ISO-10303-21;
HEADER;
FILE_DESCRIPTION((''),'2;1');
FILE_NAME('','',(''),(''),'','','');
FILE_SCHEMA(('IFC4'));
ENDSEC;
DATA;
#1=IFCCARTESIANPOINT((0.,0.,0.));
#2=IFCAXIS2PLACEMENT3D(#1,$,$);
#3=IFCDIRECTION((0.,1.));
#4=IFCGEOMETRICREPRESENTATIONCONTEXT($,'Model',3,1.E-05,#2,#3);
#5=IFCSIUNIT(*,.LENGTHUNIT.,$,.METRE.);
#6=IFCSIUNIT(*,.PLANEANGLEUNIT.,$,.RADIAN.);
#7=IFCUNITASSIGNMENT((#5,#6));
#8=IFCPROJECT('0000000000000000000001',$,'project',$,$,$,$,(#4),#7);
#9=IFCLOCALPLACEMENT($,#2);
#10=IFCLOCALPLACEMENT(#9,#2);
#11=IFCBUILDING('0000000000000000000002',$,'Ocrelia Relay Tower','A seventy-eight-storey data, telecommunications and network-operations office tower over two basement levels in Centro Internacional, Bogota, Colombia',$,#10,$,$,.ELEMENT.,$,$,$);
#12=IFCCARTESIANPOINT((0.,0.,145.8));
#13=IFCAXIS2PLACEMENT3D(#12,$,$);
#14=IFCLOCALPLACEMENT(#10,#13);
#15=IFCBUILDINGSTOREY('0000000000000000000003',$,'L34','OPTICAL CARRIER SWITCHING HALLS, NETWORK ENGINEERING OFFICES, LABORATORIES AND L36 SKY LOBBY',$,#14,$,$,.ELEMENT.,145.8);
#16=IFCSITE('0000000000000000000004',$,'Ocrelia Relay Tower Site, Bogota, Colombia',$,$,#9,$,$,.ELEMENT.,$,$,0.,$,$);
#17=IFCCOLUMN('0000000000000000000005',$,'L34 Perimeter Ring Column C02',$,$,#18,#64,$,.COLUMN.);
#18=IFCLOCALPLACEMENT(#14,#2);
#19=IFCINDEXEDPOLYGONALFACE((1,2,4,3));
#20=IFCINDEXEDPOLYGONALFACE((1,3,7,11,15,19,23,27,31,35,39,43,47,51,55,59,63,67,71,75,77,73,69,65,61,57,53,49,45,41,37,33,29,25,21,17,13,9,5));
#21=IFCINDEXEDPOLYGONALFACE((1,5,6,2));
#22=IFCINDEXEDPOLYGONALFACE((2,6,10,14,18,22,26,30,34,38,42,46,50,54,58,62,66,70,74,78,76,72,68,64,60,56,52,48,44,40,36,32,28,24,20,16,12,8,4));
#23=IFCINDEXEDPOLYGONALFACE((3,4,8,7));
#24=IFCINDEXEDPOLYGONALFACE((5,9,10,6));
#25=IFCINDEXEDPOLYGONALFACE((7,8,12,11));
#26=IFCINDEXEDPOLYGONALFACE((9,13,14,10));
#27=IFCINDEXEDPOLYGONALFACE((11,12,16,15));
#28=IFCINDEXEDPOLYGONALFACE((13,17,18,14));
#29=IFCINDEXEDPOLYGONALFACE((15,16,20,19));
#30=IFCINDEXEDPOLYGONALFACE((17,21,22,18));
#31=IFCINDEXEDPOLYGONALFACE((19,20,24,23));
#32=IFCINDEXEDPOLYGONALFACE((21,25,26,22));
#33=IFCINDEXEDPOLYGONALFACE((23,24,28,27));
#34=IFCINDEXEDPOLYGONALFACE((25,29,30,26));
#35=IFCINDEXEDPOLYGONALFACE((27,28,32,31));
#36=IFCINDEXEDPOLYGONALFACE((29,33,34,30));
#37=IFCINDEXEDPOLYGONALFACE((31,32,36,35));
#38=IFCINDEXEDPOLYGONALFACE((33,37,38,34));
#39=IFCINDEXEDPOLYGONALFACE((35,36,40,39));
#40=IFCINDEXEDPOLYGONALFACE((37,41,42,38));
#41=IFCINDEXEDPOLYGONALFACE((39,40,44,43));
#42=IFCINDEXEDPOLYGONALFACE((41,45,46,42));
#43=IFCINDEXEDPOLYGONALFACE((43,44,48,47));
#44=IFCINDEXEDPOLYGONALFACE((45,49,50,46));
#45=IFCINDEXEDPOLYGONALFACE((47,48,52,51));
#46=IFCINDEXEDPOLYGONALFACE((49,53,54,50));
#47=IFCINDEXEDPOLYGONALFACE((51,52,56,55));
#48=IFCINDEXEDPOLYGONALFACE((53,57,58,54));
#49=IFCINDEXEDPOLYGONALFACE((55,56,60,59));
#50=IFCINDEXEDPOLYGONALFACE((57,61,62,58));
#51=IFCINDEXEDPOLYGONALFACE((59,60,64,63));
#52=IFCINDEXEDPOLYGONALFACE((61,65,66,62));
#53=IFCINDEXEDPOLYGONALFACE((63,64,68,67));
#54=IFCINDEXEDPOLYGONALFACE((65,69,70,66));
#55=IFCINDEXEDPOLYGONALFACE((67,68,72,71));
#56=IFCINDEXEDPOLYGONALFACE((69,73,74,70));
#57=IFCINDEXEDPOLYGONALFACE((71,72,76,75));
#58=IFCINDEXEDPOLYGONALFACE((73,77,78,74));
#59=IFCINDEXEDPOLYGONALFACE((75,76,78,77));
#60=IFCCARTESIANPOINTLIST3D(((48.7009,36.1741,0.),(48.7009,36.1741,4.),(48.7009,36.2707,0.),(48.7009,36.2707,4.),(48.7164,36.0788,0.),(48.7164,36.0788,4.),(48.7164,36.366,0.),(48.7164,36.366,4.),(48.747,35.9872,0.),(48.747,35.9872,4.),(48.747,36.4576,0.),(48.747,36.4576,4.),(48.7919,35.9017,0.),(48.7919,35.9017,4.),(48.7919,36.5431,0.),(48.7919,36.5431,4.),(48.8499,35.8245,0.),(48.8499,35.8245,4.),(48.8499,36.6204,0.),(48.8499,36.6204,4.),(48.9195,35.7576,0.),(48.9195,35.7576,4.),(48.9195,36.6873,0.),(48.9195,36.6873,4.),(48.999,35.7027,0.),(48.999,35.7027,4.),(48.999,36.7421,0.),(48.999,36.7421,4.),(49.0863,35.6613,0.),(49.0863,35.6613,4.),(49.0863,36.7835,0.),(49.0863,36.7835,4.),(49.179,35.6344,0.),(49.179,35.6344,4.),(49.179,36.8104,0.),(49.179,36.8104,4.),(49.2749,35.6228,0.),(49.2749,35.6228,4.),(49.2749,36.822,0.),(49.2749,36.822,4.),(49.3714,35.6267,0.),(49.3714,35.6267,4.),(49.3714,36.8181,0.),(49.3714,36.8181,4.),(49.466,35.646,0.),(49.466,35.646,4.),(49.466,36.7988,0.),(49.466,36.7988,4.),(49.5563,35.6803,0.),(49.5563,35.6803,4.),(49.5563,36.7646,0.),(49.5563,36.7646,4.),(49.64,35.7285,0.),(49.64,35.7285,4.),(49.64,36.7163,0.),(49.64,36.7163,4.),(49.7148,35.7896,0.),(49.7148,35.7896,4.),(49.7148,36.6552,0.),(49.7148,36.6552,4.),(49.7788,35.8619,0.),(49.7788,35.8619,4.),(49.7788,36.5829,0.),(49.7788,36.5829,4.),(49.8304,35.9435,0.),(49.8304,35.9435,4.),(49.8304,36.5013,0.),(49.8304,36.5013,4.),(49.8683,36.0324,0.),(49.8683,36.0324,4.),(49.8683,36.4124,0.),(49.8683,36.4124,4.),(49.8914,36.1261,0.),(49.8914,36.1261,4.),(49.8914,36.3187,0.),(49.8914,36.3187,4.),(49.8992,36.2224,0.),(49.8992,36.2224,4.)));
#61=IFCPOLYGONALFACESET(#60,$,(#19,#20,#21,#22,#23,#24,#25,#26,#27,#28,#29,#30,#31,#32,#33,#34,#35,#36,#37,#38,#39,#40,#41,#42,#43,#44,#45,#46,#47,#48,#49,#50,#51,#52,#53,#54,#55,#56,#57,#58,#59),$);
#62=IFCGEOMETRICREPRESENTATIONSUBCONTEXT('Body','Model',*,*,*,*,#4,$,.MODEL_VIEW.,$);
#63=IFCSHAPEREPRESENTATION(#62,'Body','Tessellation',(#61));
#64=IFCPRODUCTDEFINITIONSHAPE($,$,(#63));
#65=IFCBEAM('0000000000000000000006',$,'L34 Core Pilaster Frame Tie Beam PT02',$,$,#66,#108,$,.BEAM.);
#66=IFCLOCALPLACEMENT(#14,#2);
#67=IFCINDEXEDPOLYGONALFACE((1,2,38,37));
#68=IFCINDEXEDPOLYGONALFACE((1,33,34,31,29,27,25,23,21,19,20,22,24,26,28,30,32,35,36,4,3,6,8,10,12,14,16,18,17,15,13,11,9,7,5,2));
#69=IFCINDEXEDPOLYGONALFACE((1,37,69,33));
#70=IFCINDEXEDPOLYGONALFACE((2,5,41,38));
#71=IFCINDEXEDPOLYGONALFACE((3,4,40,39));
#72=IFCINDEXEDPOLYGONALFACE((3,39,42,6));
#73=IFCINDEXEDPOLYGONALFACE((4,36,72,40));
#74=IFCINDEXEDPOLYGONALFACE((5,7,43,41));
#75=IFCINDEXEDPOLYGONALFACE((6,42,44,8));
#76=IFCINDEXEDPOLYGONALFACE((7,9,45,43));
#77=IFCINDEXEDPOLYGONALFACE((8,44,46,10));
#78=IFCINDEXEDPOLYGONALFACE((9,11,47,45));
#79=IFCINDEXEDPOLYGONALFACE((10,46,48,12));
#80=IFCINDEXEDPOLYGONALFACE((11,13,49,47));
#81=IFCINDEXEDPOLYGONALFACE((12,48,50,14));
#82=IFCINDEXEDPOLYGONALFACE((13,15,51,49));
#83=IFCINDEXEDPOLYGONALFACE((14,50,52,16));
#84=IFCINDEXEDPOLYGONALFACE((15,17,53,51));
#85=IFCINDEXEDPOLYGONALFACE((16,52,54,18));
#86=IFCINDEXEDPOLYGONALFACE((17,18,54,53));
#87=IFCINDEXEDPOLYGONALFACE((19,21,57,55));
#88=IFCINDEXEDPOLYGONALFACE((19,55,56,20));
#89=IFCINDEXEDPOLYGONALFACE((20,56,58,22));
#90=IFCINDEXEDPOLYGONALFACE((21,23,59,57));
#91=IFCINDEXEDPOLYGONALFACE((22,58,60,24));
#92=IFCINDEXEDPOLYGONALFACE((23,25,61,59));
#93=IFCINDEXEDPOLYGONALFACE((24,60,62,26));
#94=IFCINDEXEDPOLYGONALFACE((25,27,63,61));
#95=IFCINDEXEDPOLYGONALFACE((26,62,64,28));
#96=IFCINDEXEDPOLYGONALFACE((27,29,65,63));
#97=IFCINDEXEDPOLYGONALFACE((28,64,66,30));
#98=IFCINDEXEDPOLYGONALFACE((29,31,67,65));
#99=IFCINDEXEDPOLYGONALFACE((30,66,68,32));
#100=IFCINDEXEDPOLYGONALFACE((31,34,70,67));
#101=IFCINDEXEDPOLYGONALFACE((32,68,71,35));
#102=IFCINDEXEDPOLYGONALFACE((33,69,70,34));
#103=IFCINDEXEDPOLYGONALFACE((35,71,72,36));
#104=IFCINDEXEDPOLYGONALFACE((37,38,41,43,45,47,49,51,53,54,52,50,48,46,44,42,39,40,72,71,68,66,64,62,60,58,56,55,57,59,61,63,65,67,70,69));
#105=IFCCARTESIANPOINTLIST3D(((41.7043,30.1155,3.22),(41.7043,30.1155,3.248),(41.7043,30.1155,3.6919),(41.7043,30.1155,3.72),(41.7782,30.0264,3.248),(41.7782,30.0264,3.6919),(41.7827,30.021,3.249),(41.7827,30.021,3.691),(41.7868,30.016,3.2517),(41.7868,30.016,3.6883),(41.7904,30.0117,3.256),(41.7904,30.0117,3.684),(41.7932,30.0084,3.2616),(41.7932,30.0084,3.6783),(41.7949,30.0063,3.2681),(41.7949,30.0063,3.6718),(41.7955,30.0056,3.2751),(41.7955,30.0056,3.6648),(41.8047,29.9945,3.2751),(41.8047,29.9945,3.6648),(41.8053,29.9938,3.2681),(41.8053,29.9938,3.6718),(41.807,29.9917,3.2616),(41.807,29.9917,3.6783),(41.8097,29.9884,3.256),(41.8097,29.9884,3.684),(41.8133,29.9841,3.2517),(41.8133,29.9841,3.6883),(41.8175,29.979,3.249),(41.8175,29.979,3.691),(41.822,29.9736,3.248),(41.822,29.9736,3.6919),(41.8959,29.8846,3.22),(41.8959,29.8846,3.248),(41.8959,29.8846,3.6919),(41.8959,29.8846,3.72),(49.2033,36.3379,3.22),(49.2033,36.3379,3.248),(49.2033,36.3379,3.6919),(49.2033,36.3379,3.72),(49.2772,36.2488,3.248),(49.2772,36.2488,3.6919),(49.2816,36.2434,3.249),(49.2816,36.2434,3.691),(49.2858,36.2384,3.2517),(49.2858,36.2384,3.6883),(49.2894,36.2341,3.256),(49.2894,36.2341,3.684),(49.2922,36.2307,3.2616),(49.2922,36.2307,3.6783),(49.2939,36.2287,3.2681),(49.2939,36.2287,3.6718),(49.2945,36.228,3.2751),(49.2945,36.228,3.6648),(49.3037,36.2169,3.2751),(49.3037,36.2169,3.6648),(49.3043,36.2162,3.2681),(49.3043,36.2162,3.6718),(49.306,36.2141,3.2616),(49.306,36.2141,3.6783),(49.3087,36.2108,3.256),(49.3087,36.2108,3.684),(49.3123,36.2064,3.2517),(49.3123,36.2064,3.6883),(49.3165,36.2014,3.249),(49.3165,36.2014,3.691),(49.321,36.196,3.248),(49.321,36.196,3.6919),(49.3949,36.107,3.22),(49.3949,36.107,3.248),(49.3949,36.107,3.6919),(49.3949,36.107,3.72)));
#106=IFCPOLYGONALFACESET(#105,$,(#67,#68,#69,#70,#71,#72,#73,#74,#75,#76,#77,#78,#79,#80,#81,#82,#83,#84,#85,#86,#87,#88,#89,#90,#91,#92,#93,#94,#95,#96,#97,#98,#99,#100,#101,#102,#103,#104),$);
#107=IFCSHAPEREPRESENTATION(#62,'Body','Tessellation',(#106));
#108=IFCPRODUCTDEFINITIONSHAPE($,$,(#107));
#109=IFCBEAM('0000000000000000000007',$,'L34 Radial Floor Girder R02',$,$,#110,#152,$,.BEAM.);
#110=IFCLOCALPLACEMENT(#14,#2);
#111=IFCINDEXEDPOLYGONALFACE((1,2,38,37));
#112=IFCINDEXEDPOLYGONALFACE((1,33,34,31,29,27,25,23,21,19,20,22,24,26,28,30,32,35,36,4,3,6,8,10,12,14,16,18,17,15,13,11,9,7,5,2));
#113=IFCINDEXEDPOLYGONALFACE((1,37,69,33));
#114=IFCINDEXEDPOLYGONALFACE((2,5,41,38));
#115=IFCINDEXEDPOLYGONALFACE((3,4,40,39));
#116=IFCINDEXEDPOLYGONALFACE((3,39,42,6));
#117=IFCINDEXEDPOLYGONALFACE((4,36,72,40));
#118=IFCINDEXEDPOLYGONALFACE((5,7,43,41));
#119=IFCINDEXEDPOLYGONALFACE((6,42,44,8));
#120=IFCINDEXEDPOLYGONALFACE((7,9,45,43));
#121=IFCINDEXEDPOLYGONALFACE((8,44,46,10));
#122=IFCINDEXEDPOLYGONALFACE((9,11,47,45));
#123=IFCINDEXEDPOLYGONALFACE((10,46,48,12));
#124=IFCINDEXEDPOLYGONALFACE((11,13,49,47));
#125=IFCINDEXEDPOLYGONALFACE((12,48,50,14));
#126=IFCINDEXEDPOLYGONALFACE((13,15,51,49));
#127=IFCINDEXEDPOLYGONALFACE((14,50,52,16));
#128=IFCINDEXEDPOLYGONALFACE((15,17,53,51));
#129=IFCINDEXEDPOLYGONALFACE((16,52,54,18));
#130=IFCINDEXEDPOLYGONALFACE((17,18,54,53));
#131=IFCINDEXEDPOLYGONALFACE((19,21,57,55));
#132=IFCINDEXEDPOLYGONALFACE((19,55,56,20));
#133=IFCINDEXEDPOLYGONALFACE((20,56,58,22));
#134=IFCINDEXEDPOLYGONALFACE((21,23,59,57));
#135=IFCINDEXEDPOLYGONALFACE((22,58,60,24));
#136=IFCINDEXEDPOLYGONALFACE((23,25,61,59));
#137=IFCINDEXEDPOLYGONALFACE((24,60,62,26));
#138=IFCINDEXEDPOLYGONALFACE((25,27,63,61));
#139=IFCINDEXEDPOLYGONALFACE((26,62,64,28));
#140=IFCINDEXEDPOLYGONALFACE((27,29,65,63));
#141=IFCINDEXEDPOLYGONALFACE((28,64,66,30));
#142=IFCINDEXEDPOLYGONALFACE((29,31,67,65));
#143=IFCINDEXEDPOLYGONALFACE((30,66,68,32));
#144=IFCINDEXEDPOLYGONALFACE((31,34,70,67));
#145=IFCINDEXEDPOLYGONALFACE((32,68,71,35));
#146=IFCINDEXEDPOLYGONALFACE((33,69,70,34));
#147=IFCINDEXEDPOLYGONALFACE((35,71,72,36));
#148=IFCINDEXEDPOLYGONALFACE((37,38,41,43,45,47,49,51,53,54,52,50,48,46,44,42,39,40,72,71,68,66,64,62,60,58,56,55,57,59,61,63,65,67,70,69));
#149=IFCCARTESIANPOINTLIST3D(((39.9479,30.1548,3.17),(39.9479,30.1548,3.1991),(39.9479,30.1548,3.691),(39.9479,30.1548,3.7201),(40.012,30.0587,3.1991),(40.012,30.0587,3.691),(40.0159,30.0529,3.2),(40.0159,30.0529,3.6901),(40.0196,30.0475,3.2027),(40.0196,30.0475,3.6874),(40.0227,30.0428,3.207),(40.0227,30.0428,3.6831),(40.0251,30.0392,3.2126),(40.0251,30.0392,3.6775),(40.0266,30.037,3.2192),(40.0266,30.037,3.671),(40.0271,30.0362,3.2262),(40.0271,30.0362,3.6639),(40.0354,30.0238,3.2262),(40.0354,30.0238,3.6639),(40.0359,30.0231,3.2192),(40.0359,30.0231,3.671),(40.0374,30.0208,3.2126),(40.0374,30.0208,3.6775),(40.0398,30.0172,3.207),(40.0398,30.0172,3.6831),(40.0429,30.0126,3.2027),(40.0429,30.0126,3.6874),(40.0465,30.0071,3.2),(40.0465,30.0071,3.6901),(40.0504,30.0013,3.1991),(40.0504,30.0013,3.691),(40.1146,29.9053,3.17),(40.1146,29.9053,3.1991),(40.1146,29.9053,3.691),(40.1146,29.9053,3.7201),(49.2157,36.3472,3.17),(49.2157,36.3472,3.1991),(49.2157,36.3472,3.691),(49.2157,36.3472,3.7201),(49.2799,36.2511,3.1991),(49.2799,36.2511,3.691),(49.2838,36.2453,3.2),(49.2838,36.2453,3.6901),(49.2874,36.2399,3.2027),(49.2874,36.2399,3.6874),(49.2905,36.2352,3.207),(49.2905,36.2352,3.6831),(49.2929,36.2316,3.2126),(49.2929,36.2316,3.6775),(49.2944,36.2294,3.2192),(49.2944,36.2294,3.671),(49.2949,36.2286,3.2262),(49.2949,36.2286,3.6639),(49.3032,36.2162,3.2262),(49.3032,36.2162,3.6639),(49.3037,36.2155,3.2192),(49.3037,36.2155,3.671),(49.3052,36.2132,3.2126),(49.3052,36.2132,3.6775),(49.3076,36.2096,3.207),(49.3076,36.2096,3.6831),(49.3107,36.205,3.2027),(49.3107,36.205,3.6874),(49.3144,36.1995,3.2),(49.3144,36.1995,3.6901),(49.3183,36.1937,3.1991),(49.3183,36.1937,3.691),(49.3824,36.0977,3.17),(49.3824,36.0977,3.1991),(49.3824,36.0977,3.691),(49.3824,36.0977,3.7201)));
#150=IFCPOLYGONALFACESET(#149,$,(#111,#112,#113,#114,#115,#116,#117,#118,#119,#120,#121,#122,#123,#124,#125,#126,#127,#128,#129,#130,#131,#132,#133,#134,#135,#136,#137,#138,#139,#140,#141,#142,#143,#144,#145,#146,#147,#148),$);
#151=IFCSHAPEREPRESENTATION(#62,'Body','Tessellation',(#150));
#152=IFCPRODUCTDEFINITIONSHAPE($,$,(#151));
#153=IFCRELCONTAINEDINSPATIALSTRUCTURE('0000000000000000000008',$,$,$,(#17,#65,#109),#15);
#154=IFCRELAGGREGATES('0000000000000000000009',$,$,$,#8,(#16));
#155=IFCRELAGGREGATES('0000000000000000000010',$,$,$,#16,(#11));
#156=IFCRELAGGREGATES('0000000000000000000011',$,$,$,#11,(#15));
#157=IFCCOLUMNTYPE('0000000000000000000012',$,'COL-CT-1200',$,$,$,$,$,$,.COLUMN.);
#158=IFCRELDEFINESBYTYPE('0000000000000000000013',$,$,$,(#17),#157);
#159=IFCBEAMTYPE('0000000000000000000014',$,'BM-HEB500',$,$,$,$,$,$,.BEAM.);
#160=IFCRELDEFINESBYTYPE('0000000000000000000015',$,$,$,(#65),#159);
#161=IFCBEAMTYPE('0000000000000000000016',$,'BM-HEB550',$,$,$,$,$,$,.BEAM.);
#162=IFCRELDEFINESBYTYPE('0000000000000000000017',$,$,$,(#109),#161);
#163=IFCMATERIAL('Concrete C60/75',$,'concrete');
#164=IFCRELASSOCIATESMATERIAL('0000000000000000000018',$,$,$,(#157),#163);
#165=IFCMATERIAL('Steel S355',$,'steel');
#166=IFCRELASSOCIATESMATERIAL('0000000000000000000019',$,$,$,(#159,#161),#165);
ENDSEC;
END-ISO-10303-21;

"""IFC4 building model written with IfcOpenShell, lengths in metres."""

from ifc_helpers import new_model, si_unit, direction, frame, origin, origin_2d, place, context, subcontext, project, spatial, circle, i_section, extrude, material, material_profile, profile_set, type_object, element, save


model = new_model("IFC4")

# Units and contexts
model_context = context("Model", 3, precision=1e-05, world=origin(), true_north=direction((0.0, 1.0)))
body_context = subcontext(model_context, "Body", "Model", "MODEL_VIEW")
ifc_project = project(units=[si_unit("LENGTHUNIT", "METRE"), si_unit("PLANEANGLEUNIT", "RADIAN")], contexts=[model_context])

# Site, building, storey
site_placement = place(None, origin())
site = spatial("IfcSite", under=ifc_project, at=site_placement, Name="Ocrelia Relay Tower Site, Bogota, Colombia", CompositionType="ELEMENT", RefElevation=0.0)
building_placement = place(site_placement, origin())
building = spatial("IfcBuilding", under=site, at=building_placement, Name="Ocrelia Relay Tower", Description="A seventy-eight-storey data, telecommunications and network-operations office tower over two basement levels in Centro Internacional, Bogota, Colombia", CompositionType="ELEMENT")
storey_placement = place(building_placement, frame((0.0, 0.0, 145.8)))
storey = spatial("IfcBuildingStorey", under=building, at=storey_placement, Name="L34", Description="OPTICAL CARRIER SWITCHING HALLS, NETWORK ENGINEERING OFFICES, LABORATORIES AND L36 SKY LOBBY", CompositionType="ELEMENT", Elevation=145.8)

# Column
ifc_material_1 = material(Name="Concrete C60/75", Category="concrete")
ifc_material_profile_1 = material_profile(ifc_material_1, circle(Radius=0.6001, at=origin_2d()), Name="RC-CIR-1200")
ifc_profile_set_1 = profile_set([ifc_material_profile_1], Name="Concrete C60/75")
column_type = type_object("IfcColumnType", Name="COL-CT-1200", PredefinedType="COLUMN", material=ifc_profile_set_1)
column_placement = place(storey_placement, frame((49.2991, 36.2224, 0.0), z_axis=(0.0, 0.0, 1.0), x_axis=(1.0, 0.0, 0.0)))
element("IfcColumn", 1, at=column_placement, inside=storey, type_object=column_type, Name="L34 Perimeter Ring Column C02", PredefinedType="COLUMN", context=body_context, shape_type="SweptSolid", body=[
    extrude(circle(Radius=0.6001, at=origin_2d()), origin(), (0.0, 0.0, 1.0), 4.0),
])

# Beams
ifc_material_2 = material(Name="Steel S355", Category="steel")
ifc_material_profile_2 = material_profile(ifc_material_2, i_section(OverallWidth=0.3, OverallDepth=0.5, WebThickness=0.0144, FlangeThickness=0.0281, FilletRadius=0.0271, at=origin_2d()), Name="HEB 500")
ifc_profile_set_2 = profile_set([ifc_material_profile_2], Name="Steel S355")
beam_type_1 = type_object("IfcBeamType", Name="BM-HEB500", PredefinedType="BEAM", material=ifc_profile_set_2)
beam_1_placement = place(storey_placement, frame((49.2991, 36.2224, 3.47), z_axis=(-0.769571, -0.638561, 0.0), x_axis=(0.638561, -0.769571, 0.0)))
element("IfcBeam", 2, at=beam_1_placement, inside=storey, type_object=beam_type_1, Name="L34 Core Pilaster Frame Tie Beam PT02", PredefinedType="BEAM", context=body_context, shape_type="SweptSolid", body=[
    extrude(i_section(OverallWidth=0.3, OverallDepth=0.5, WebThickness=0.0144, FlangeThickness=0.0281, FilletRadius=0.0271, at=origin_2d()), origin(), (0.0, 0.0, 1.0), 9.7444),
])
ifc_material_profile_3 = material_profile(ifc_material_2, i_section(OverallWidth=0.3, OverallDepth=0.55, WebThickness=0.0149, FlangeThickness=0.0291, FilletRadius=0.0271, at=origin_2d()), Name="HEB 550")
ifc_profile_set_3 = profile_set([ifc_material_profile_3], Name="Steel S355")
beam_type_2 = type_object("IfcBeamType", Name="BM-HEB550", PredefinedType="BEAM", material=ifc_profile_set_3)
beam_2_placement = place(storey_placement, frame((49.2991, 36.2224, 3.4451), z_axis=(-0.831477, -0.555559, 0.0), x_axis=(0.555559, -0.831477, 0.0)))
element("IfcBeam", 3, at=beam_2_placement, inside=storey, type_object=beam_type_2, Name="L34 Radial Floor Girder R02", PredefinedType="BEAM", context=body_context, shape_type="SweptSolid", body=[
    extrude(i_section(OverallWidth=0.3, OverallDepth=0.55, WebThickness=0.0149, FlangeThickness=0.0291, FilletRadius=0.0271, at=origin_2d()), origin(), (0.0, 0.0, 1.0), 11.1462),
])

save(model, "model.ifc")
